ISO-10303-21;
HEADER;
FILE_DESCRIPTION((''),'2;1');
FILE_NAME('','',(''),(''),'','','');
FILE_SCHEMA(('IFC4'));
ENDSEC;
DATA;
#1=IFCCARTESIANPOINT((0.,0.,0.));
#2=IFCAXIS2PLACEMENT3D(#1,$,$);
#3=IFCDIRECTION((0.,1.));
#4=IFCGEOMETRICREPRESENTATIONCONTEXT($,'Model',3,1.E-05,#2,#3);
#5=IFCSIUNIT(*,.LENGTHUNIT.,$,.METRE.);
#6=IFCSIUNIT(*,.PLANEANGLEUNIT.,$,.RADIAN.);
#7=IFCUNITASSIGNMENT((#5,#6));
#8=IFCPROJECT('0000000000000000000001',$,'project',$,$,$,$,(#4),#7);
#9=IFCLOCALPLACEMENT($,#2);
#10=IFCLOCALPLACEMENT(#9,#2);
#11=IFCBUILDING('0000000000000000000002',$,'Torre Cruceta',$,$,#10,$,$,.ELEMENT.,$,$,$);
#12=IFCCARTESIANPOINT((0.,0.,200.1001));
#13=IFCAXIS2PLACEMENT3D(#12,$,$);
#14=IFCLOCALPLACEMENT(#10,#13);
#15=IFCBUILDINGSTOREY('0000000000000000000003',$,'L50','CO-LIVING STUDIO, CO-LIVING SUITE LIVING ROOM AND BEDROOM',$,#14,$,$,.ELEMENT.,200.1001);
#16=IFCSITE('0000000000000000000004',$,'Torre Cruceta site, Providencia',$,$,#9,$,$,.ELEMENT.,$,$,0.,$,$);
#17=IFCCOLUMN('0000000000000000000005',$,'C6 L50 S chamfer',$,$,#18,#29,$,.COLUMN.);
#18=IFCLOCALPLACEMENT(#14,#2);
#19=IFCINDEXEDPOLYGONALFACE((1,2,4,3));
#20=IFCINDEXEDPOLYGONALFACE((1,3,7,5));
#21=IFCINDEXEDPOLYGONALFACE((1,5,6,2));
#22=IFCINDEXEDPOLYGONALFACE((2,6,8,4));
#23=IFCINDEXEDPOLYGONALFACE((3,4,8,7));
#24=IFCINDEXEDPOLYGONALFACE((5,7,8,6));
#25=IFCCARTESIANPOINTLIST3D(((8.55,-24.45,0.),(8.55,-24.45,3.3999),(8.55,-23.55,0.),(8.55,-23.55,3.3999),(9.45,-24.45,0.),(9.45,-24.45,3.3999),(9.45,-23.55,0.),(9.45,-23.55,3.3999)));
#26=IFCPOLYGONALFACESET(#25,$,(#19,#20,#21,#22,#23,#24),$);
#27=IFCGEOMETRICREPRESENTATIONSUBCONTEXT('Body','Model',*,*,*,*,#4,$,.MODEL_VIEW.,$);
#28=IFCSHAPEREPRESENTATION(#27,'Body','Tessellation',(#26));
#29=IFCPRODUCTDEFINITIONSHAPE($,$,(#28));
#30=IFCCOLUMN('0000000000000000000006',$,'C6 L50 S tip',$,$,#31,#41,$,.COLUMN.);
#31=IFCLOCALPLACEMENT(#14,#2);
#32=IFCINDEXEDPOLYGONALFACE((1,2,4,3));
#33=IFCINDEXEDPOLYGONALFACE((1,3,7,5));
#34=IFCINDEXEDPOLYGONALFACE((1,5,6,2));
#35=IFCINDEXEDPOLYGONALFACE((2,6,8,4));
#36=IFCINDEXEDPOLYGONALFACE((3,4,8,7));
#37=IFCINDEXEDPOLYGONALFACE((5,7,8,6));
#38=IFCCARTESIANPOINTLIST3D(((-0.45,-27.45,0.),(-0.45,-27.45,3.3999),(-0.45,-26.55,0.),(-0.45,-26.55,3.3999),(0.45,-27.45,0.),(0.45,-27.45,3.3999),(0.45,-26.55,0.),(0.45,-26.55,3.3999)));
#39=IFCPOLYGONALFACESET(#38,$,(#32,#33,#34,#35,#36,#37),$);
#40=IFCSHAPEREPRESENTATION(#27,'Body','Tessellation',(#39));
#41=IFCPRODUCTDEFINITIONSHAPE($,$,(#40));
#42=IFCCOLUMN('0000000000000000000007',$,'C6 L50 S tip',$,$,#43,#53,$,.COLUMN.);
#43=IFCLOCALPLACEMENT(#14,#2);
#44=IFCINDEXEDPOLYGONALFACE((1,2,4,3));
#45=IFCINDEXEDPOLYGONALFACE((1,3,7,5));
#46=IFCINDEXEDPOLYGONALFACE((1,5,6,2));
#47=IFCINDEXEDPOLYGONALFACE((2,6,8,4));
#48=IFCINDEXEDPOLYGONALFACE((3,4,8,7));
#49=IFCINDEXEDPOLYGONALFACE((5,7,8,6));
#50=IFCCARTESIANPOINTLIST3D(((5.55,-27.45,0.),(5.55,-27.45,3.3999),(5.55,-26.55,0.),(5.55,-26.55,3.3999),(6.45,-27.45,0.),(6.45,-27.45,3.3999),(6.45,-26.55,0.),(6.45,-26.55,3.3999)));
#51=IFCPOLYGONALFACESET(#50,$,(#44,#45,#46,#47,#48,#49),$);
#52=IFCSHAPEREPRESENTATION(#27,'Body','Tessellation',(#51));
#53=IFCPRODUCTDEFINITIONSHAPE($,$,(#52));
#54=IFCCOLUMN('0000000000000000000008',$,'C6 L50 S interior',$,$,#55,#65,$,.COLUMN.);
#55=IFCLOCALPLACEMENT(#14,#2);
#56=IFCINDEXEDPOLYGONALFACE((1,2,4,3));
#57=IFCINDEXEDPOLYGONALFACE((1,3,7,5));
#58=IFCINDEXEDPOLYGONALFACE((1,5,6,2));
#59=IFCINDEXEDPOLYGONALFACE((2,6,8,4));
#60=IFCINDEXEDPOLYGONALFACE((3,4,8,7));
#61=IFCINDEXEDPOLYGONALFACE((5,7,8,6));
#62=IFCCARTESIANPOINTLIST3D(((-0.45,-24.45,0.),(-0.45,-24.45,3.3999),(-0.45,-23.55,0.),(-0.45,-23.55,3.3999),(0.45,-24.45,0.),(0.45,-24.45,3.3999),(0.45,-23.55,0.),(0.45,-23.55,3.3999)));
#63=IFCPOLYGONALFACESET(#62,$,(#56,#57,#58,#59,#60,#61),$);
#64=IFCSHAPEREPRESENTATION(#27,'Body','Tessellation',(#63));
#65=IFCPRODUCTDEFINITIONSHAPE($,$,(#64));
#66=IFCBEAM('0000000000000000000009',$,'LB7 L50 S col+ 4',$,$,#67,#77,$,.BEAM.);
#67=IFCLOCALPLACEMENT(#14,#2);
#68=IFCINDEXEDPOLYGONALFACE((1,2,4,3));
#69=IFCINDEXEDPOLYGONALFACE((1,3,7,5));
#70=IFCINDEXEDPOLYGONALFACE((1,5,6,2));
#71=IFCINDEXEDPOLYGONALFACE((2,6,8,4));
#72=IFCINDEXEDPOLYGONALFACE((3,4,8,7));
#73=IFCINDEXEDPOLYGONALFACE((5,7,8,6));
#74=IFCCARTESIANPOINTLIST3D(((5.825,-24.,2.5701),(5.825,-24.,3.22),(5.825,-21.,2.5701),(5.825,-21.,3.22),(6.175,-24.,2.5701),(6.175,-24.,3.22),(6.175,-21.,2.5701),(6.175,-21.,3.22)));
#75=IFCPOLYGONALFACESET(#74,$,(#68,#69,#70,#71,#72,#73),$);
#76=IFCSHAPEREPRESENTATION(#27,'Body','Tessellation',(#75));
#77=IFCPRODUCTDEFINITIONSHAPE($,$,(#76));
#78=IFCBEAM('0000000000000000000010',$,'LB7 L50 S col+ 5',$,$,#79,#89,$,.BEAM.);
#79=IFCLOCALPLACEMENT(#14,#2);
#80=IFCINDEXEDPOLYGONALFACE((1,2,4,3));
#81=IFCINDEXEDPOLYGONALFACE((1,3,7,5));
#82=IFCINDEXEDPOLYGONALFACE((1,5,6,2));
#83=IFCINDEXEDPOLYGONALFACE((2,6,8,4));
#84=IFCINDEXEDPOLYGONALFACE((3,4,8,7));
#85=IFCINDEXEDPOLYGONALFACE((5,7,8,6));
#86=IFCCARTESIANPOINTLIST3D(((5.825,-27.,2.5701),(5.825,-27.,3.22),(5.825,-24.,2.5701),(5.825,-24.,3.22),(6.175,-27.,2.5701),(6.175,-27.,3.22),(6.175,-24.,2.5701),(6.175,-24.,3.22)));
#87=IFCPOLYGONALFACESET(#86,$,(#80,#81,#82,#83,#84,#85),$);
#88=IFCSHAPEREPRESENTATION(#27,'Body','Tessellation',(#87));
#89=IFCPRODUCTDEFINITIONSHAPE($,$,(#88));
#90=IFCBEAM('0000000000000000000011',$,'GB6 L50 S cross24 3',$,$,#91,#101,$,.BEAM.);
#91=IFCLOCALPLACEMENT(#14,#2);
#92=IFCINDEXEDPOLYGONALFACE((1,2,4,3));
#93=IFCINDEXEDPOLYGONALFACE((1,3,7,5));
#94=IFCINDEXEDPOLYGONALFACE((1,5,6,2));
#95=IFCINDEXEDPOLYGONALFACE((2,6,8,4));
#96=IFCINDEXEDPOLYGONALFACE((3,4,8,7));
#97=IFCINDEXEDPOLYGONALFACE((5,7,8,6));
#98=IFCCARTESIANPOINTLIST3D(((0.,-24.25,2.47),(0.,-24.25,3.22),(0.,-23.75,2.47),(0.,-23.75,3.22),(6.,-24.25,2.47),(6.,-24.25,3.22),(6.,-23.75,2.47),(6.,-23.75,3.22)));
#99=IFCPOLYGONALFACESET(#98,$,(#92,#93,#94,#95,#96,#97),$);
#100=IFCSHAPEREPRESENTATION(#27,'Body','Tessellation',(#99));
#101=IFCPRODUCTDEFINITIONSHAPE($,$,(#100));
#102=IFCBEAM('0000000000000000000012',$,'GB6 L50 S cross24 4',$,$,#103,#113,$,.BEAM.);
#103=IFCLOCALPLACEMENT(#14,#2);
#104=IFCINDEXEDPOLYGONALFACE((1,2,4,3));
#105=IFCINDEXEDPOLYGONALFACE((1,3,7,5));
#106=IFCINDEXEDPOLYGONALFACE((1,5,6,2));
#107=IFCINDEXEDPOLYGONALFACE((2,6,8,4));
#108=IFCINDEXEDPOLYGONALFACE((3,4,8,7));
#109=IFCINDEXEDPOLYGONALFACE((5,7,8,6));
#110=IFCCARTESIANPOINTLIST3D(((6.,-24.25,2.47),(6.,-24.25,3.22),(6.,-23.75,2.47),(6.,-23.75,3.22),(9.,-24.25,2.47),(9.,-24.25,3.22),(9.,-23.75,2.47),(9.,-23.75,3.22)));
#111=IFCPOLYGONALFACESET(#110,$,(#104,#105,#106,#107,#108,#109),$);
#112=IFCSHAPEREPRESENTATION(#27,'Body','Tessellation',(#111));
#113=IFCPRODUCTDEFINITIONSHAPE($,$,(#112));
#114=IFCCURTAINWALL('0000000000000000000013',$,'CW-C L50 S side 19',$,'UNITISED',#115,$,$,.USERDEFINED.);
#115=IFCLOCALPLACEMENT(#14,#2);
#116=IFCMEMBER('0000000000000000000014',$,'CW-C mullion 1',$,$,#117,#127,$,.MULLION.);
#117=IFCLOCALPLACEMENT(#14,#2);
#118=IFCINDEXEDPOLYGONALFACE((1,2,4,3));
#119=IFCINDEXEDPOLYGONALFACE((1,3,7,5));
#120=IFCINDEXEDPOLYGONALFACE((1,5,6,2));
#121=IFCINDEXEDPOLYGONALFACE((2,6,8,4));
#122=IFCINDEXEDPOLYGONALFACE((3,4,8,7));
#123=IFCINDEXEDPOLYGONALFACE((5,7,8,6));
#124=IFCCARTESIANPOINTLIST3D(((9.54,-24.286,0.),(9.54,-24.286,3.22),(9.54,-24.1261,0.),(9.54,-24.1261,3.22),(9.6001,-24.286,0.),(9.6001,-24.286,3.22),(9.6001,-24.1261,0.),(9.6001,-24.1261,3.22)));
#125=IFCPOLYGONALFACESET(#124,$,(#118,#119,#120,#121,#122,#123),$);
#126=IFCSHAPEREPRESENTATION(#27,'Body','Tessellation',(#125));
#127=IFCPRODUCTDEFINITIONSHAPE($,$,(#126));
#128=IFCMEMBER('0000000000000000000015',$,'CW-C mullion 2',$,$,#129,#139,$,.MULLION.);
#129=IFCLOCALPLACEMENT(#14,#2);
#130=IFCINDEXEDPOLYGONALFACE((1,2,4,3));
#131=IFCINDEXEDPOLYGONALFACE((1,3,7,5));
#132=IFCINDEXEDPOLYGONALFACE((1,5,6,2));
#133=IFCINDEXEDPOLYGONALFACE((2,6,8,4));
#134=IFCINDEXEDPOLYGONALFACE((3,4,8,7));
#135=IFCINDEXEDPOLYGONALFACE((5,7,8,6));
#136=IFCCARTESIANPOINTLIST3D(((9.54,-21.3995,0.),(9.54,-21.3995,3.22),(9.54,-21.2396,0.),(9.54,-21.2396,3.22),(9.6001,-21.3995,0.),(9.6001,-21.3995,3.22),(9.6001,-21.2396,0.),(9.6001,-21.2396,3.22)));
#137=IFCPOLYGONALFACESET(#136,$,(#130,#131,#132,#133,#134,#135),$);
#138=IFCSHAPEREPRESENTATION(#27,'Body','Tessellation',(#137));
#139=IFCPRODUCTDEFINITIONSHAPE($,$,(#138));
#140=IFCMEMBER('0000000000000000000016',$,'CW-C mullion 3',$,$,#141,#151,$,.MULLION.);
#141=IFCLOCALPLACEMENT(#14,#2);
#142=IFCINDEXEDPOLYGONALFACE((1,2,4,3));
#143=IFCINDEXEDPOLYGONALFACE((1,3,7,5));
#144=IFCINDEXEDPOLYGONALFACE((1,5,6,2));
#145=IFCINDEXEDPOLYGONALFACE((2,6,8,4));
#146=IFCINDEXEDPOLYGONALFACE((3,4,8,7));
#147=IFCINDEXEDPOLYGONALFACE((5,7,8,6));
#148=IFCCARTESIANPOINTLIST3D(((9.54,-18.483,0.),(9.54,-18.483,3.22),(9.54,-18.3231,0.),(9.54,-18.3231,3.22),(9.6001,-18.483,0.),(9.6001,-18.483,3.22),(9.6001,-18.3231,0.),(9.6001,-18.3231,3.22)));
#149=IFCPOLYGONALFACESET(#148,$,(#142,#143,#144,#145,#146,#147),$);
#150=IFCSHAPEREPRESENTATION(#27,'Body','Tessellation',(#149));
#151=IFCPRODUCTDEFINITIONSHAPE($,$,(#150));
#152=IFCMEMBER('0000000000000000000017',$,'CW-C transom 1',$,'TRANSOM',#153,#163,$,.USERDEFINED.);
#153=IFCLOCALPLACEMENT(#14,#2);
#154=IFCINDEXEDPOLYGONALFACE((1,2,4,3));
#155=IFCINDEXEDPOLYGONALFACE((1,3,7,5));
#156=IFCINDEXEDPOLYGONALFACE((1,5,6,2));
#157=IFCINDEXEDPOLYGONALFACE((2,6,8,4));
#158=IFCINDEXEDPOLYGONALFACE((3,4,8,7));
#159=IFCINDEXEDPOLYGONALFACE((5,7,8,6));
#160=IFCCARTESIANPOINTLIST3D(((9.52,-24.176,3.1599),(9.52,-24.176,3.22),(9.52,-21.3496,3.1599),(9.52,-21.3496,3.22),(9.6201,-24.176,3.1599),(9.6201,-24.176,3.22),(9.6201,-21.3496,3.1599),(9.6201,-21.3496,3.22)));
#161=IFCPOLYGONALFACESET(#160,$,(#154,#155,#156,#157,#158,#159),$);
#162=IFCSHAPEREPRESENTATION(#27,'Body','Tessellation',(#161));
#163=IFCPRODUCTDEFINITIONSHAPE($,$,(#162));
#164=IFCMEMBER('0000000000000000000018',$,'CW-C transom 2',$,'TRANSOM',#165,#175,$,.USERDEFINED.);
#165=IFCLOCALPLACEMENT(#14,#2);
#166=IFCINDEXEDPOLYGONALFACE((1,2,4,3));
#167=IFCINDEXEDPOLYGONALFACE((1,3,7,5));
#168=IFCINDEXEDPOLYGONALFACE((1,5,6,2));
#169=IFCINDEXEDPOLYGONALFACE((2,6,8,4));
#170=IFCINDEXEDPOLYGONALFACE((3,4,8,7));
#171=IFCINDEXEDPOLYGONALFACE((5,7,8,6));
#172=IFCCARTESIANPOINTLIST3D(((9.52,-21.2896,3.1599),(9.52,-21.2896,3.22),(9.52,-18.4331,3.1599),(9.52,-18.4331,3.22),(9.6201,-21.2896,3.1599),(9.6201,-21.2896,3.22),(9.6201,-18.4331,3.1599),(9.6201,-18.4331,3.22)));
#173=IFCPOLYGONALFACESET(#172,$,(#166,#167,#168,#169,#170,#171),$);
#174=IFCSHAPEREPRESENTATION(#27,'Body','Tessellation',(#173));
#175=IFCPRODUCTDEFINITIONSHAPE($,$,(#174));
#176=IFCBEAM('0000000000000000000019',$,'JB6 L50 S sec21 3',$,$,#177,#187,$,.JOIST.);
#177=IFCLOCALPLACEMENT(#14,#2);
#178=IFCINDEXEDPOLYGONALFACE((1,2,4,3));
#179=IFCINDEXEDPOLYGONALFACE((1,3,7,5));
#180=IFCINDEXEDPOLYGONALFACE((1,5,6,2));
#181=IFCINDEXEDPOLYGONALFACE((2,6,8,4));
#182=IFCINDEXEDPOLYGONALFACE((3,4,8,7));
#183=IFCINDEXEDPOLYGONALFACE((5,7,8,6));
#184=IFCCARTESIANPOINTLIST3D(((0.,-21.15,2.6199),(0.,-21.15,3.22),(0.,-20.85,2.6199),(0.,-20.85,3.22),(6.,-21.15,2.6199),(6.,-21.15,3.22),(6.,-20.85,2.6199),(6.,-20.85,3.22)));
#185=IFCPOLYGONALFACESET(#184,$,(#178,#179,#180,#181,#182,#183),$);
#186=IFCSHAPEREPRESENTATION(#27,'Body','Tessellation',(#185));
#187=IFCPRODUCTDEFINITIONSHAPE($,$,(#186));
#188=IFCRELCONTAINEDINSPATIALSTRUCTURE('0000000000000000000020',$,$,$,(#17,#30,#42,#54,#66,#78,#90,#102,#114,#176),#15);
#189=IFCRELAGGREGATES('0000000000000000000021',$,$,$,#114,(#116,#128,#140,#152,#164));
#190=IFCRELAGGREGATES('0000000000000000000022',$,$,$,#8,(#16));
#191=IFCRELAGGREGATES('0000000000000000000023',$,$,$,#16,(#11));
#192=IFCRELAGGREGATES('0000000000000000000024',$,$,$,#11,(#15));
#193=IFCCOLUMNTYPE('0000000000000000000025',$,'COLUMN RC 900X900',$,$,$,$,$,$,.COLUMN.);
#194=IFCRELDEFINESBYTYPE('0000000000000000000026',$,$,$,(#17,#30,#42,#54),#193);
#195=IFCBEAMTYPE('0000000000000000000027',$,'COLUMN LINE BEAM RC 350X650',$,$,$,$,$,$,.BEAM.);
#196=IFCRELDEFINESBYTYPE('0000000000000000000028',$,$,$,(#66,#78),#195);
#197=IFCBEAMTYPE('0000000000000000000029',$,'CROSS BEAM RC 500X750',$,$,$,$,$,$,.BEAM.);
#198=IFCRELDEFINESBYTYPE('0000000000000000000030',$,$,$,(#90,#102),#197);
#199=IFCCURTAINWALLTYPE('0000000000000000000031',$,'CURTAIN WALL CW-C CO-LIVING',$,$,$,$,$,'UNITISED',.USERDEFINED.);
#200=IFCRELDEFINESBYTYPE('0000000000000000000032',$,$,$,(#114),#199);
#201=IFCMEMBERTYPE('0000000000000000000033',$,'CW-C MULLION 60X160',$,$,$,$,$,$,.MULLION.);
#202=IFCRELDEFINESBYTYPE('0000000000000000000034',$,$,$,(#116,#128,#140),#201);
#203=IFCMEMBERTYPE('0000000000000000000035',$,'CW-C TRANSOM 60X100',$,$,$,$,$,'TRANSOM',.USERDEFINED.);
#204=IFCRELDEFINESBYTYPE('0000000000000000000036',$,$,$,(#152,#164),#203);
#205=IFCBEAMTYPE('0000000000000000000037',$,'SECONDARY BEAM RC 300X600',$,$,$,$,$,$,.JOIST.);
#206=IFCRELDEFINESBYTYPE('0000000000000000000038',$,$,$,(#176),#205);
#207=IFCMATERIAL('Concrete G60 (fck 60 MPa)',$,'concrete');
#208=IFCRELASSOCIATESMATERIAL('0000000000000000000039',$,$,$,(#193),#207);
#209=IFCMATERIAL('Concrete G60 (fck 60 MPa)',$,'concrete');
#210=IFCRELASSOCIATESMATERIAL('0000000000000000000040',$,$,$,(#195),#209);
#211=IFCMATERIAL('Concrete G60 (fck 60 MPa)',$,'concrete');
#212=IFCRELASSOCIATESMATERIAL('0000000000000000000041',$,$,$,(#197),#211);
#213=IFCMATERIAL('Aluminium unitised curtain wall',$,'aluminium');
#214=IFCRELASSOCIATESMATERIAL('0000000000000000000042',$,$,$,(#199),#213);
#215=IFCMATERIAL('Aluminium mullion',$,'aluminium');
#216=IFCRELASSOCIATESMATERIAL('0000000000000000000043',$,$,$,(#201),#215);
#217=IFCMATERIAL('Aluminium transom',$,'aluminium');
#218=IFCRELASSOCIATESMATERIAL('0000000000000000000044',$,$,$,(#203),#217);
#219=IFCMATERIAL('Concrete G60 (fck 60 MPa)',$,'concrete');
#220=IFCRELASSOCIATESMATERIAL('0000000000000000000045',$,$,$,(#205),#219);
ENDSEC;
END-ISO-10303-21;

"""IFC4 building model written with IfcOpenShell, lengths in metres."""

from ifc_helpers import new_model, si_unit, direction, frame, origin, origin_2d, place, context, subcontext, project, spatial, rectangle, extrude, material, material_profile, profile_set, type_object, element, aggregate, save


model = new_model("IFC4")

# Units and contexts
model_context = context("Model", 3, precision=1e-05, world=origin(), true_north=direction((0.0, 1.0)))
body_context = subcontext(model_context, "Body", "Model", "MODEL_VIEW")
ifc_project = project(units=[si_unit("LENGTHUNIT", "METRE"), si_unit("PLANEANGLEUNIT", "RADIAN")], contexts=[model_context])

# Site, building, storey
site_placement = place(None, origin())
site = spatial("IfcSite", under=ifc_project, at=site_placement, Name="Torre Cruceta site, Providencia", CompositionType="ELEMENT", RefElevation=0.0)
building_placement = place(site_placement, origin())
building = spatial("IfcBuilding", under=site, at=building_placement, Name="Torre Cruceta", CompositionType="ELEMENT")
storey_placement = place(building_placement, frame((0.0, 0.0, 200.1001)))
storey = spatial("IfcBuildingStorey", under=building, at=storey_placement, Name="L50", Description="CO-LIVING STUDIO, CO-LIVING SUITE LIVING ROOM AND BEDROOM", CompositionType="ELEMENT", Elevation=200.1001)

# Columns
ifc_material_1 = material(Name="Concrete G60 (fck 60 MPa)", Category="concrete")
ifc_material_profile_1 = material_profile(ifc_material_1, rectangle(XDim=0.8999, YDim=0.8999, at=origin_2d()), Name="RC 900X900")
ifc_profile_set_1 = profile_set([ifc_material_profile_1], Name="Concrete G60 (fck 60 MPa)")
column_type = type_object("IfcColumnType", Name="COLUMN RC 900X900", PredefinedType="COLUMN", material=ifc_profile_set_1)
for number, where, z_axis, x_axis, name in (
    (1, (9.0, -24.0, 0.0), (0.0, 0.0, 1.0), (1.0, 0.0, 0.0), "C6 L50 S chamfer"),
    (2, (0.0, -27.0, 0.0), (0.0, 0.0, 1.0), (1.0, 0.0, 0.0), "C6 L50 S tip"),
    (3, (6.0, -27.0, 0.0), (0.0, 0.0, 1.0), (1.0, 0.0, 0.0), "C6 L50 S tip"),
    (4, (0.0, -24.0, 0.0), (0.0, 0.0, 1.0), (1.0, 0.0, 0.0), "C6 L50 S interior"),
):
    element("IfcColumn", number, at=place(storey_placement, frame(where, z_axis=z_axis, x_axis=x_axis)), inside=storey, type_object=column_type, Name=name, PredefinedType="COLUMN", context=body_context, shape_type="SweptSolid", body=[
        extrude(rectangle(XDim=0.8999, YDim=0.8999, at=origin_2d()), origin(), (0.0, 0.0, 1.0), 3.3999),
    ])

# Beams
ifc_material_2 = material(Name="Concrete G60 (fck 60 MPa)", Category="concrete")
ifc_material_profile_2 = material_profile(ifc_material_2, rectangle(XDim=0.3501, YDim=0.6499, at=origin_2d()), Name="RC 350X650")
ifc_profile_set_2 = profile_set([ifc_material_profile_2], Name="Concrete G60 (fck 60 MPa)")
beam_type_1 = type_object("IfcBeamType", Name="COLUMN LINE BEAM RC 350X650", PredefinedType="BEAM", material=ifc_profile_set_2)
for number, where, z_axis, x_axis, name in (
    (5, (6.0, -21.0, 2.895), (0.0, -1.0, 0.0), (1.0, 0.0, 0.0), "LB7 L50 S col+ 4"),
    (6, (6.0, -24.0, 2.895), (0.0, -1.0, 0.0), (1.0, 0.0, 0.0), "LB7 L50 S col+ 5"),
):
    element("IfcBeam", number, at=place(storey_placement, frame(where, z_axis=z_axis, x_axis=x_axis)), inside=storey, type_object=beam_type_1, Name=name, PredefinedType="BEAM", context=body_context, shape_type="SweptSolid", body=[
        extrude(rectangle(XDim=0.3501, YDim=0.6499, at=origin_2d()), origin(), (0.0, 0.0, 1.0), 3.0),
    ])
ifc_material_3 = material(Name="Concrete G60 (fck 60 MPa)", Category="concrete")
ifc_material_profile_3 = material_profile(ifc_material_3, rectangle(XDim=0.5, YDim=0.75, at=origin_2d()), Name="RC 500X750")
ifc_profile_set_3 = profile_set([ifc_material_profile_3], Name="Concrete G60 (fck 60 MPa)")
beam_type_2 = type_object("IfcBeamType", Name="CROSS BEAM RC 500X750", PredefinedType="BEAM", material=ifc_profile_set_3)
beam_1_placement = place(storey_placement, frame((0.0, -24.0, 2.845), z_axis=(1.0, 0.0, 0.0), x_axis=(0.0, 1.0, 0.0)))
element("IfcBeam", 7, at=beam_1_placement, inside=storey, type_object=beam_type_2, Name="GB6 L50 S cross24 3", PredefinedType="BEAM", context=body_context, shape_type="SweptSolid", body=[
    extrude(rectangle(XDim=0.5, YDim=0.75, at=origin_2d()), origin(), (0.0, 0.0, 1.0), 6.0),
])
beam_2_placement = place(storey_placement, frame((6.0, -24.0, 2.845), z_axis=(1.0, 0.0, 0.0), x_axis=(0.0, 1.0, 0.0)))
element("IfcBeam", 8, at=beam_2_placement, inside=storey, type_object=beam_type_2, Name="GB6 L50 S cross24 4", PredefinedType="BEAM", context=body_context, shape_type="SweptSolid", body=[
    extrude(rectangle(XDim=0.5, YDim=0.75, at=origin_2d()), origin(), (0.0, 0.0, 1.0), 3.0),
])

# Curtain wall, members
ifc_material_4 = material(Name="Aluminium unitised curtain wall", Category="aluminium")
curtain_wall_type = type_object("IfcCurtainWallType", Name="CURTAIN WALL CW-C CO-LIVING", ElementType="UNITISED", PredefinedType="USERDEFINED", material=ifc_material_4)
curtain_wall_placement = place(storey_placement, origin())
curtain_wall = element("IfcCurtainWall", 9, at=curtain_wall_placement, inside=storey, type_object=curtain_wall_type, Name="CW-C L50 S side 19", ObjectType="UNITISED", PredefinedType="USERDEFINED")
ifc_material_5 = material(Name="Aluminium mullion", Category="aluminium")
ifc_material_profile_4 = material_profile(ifc_material_5, rectangle(XDim=0.0601, YDim=0.1599, at=origin_2d()), Name="AL 60X160")
ifc_profile_set_4 = profile_set([ifc_material_profile_4], Name="Aluminium mullion")
member_type_1 = type_object("IfcMemberType", Name="CW-C MULLION 60X160", PredefinedType="MULLION", material=ifc_profile_set_4)
member_1_placement = place(storey_placement, frame((9.5701, -24.2061, 0.0), z_axis=(0.0, 0.0, 1.0), x_axis=(-1.0, 0.0, 0.0)))
member_1 = element("IfcMember", 10, at=member_1_placement, type_object=member_type_1, Name="CW-C mullion 1", PredefinedType="MULLION", context=body_context, shape_type="SweptSolid", body=[
    extrude(rectangle(XDim=0.0601, YDim=0.1599, at=origin_2d()), origin(), (0.0, 0.0, 1.0), 3.22),
])
member_2_placement = place(storey_placement, frame((9.5701, -21.3196, 0.0), z_axis=(0.0, 0.0, 1.0), x_axis=(-1.0, 0.0, 0.0)))
member_2 = element("IfcMember", 11, at=member_2_placement, type_object=member_type_1, Name="CW-C mullion 2", PredefinedType="MULLION", context=body_context, shape_type="SweptSolid", body=[
    extrude(rectangle(XDim=0.0601, YDim=0.1599, at=origin_2d()), origin(), (0.0, 0.0, 1.0), 3.22),
])
member_3_placement = place(storey_placement, frame((9.5701, -18.4031, 0.0), z_axis=(0.0, 0.0, 1.0), x_axis=(-1.0, 0.0, 0.0)))
member_3 = element("IfcMember", 12, at=member_3_placement, type_object=member_type_1, Name="CW-C mullion 3", PredefinedType="MULLION", context=body_context, shape_type="SweptSolid", body=[
    extrude(rectangle(XDim=0.0601, YDim=0.1599, at=origin_2d()), origin(), (0.0, 0.0, 1.0), 3.22),
])
ifc_material_6 = material(Name="Aluminium transom", Category="aluminium")
ifc_material_profile_5 = material_profile(ifc_material_6, rectangle(XDim=0.1001, YDim=0.0601, at=origin_2d()), Name="AL 100X60")
ifc_profile_set_5 = profile_set([ifc_material_profile_5], Name="Aluminium transom")
member_type_2 = type_object("IfcMemberType", Name="CW-C TRANSOM 60X100", ElementType="TRANSOM", PredefinedType="USERDEFINED", material=ifc_profile_set_5)
member_4_placement = place(storey_placement, frame((9.5701, -24.176, 3.1899), z_axis=(0.0, 1.0, 0.0), x_axis=(-1.0, 0.0, 0.0)))
member_4 = element("IfcMember", 13, at=member_4_placement, type_object=member_type_2, Name="CW-C transom 1", ObjectType="TRANSOM", PredefinedType="USERDEFINED", context=body_context, shape_type="SweptSolid", body=[
    extrude(rectangle(XDim=0.1001, YDim=0.0601, at=origin_2d()), origin(), (0.0, 0.0, 1.0), 2.8264),
])
member_5_placement = place(storey_placement, frame((9.5701, -21.2896, 3.1899), z_axis=(0.0, 1.0, 0.0), x_axis=(-1.0, 0.0, 0.0)))
member_5 = element("IfcMember", 14, at=member_5_placement, type_object=member_type_2, Name="CW-C transom 2", ObjectType="TRANSOM", PredefinedType="USERDEFINED", context=body_context, shape_type="SweptSolid", body=[
    extrude(rectangle(XDim=0.1001, YDim=0.0601, at=origin_2d()), origin(), (0.0, 0.0, 1.0), 2.8564),
])

# Beam
ifc_material_7 = material(Name="Concrete G60 (fck 60 MPa)", Category="concrete")
ifc_material_profile_6 = material_profile(ifc_material_7, rectangle(XDim=0.3, YDim=0.6001, at=origin_2d()), Name="RC 300X600")
ifc_profile_set_6 = profile_set([ifc_material_profile_6], Name="Concrete G60 (fck 60 MPa)")
beam_type_3 = type_object("IfcBeamType", Name="SECONDARY BEAM RC 300X600", PredefinedType="JOIST", material=ifc_profile_set_6)
beam_3_placement = place(storey_placement, frame((0.0, -21.0, 2.9199), z_axis=(1.0, 0.0, 0.0), x_axis=(0.0, 1.0, 0.0)))
element("IfcBeam", 15, at=beam_3_placement, inside=storey, type_object=beam_type_3, Name="JB6 L50 S sec21 3", PredefinedType="JOIST", context=body_context, shape_type="SweptSolid", body=[
    extrude(rectangle(XDim=0.3, YDim=0.6001, at=origin_2d()), origin(), (0.0, 0.0, 1.0), 6.0),
])

aggregate(curtain_wall, [member_1, member_2, member_3, member_4, member_5])

save(model, "model.ifc")
